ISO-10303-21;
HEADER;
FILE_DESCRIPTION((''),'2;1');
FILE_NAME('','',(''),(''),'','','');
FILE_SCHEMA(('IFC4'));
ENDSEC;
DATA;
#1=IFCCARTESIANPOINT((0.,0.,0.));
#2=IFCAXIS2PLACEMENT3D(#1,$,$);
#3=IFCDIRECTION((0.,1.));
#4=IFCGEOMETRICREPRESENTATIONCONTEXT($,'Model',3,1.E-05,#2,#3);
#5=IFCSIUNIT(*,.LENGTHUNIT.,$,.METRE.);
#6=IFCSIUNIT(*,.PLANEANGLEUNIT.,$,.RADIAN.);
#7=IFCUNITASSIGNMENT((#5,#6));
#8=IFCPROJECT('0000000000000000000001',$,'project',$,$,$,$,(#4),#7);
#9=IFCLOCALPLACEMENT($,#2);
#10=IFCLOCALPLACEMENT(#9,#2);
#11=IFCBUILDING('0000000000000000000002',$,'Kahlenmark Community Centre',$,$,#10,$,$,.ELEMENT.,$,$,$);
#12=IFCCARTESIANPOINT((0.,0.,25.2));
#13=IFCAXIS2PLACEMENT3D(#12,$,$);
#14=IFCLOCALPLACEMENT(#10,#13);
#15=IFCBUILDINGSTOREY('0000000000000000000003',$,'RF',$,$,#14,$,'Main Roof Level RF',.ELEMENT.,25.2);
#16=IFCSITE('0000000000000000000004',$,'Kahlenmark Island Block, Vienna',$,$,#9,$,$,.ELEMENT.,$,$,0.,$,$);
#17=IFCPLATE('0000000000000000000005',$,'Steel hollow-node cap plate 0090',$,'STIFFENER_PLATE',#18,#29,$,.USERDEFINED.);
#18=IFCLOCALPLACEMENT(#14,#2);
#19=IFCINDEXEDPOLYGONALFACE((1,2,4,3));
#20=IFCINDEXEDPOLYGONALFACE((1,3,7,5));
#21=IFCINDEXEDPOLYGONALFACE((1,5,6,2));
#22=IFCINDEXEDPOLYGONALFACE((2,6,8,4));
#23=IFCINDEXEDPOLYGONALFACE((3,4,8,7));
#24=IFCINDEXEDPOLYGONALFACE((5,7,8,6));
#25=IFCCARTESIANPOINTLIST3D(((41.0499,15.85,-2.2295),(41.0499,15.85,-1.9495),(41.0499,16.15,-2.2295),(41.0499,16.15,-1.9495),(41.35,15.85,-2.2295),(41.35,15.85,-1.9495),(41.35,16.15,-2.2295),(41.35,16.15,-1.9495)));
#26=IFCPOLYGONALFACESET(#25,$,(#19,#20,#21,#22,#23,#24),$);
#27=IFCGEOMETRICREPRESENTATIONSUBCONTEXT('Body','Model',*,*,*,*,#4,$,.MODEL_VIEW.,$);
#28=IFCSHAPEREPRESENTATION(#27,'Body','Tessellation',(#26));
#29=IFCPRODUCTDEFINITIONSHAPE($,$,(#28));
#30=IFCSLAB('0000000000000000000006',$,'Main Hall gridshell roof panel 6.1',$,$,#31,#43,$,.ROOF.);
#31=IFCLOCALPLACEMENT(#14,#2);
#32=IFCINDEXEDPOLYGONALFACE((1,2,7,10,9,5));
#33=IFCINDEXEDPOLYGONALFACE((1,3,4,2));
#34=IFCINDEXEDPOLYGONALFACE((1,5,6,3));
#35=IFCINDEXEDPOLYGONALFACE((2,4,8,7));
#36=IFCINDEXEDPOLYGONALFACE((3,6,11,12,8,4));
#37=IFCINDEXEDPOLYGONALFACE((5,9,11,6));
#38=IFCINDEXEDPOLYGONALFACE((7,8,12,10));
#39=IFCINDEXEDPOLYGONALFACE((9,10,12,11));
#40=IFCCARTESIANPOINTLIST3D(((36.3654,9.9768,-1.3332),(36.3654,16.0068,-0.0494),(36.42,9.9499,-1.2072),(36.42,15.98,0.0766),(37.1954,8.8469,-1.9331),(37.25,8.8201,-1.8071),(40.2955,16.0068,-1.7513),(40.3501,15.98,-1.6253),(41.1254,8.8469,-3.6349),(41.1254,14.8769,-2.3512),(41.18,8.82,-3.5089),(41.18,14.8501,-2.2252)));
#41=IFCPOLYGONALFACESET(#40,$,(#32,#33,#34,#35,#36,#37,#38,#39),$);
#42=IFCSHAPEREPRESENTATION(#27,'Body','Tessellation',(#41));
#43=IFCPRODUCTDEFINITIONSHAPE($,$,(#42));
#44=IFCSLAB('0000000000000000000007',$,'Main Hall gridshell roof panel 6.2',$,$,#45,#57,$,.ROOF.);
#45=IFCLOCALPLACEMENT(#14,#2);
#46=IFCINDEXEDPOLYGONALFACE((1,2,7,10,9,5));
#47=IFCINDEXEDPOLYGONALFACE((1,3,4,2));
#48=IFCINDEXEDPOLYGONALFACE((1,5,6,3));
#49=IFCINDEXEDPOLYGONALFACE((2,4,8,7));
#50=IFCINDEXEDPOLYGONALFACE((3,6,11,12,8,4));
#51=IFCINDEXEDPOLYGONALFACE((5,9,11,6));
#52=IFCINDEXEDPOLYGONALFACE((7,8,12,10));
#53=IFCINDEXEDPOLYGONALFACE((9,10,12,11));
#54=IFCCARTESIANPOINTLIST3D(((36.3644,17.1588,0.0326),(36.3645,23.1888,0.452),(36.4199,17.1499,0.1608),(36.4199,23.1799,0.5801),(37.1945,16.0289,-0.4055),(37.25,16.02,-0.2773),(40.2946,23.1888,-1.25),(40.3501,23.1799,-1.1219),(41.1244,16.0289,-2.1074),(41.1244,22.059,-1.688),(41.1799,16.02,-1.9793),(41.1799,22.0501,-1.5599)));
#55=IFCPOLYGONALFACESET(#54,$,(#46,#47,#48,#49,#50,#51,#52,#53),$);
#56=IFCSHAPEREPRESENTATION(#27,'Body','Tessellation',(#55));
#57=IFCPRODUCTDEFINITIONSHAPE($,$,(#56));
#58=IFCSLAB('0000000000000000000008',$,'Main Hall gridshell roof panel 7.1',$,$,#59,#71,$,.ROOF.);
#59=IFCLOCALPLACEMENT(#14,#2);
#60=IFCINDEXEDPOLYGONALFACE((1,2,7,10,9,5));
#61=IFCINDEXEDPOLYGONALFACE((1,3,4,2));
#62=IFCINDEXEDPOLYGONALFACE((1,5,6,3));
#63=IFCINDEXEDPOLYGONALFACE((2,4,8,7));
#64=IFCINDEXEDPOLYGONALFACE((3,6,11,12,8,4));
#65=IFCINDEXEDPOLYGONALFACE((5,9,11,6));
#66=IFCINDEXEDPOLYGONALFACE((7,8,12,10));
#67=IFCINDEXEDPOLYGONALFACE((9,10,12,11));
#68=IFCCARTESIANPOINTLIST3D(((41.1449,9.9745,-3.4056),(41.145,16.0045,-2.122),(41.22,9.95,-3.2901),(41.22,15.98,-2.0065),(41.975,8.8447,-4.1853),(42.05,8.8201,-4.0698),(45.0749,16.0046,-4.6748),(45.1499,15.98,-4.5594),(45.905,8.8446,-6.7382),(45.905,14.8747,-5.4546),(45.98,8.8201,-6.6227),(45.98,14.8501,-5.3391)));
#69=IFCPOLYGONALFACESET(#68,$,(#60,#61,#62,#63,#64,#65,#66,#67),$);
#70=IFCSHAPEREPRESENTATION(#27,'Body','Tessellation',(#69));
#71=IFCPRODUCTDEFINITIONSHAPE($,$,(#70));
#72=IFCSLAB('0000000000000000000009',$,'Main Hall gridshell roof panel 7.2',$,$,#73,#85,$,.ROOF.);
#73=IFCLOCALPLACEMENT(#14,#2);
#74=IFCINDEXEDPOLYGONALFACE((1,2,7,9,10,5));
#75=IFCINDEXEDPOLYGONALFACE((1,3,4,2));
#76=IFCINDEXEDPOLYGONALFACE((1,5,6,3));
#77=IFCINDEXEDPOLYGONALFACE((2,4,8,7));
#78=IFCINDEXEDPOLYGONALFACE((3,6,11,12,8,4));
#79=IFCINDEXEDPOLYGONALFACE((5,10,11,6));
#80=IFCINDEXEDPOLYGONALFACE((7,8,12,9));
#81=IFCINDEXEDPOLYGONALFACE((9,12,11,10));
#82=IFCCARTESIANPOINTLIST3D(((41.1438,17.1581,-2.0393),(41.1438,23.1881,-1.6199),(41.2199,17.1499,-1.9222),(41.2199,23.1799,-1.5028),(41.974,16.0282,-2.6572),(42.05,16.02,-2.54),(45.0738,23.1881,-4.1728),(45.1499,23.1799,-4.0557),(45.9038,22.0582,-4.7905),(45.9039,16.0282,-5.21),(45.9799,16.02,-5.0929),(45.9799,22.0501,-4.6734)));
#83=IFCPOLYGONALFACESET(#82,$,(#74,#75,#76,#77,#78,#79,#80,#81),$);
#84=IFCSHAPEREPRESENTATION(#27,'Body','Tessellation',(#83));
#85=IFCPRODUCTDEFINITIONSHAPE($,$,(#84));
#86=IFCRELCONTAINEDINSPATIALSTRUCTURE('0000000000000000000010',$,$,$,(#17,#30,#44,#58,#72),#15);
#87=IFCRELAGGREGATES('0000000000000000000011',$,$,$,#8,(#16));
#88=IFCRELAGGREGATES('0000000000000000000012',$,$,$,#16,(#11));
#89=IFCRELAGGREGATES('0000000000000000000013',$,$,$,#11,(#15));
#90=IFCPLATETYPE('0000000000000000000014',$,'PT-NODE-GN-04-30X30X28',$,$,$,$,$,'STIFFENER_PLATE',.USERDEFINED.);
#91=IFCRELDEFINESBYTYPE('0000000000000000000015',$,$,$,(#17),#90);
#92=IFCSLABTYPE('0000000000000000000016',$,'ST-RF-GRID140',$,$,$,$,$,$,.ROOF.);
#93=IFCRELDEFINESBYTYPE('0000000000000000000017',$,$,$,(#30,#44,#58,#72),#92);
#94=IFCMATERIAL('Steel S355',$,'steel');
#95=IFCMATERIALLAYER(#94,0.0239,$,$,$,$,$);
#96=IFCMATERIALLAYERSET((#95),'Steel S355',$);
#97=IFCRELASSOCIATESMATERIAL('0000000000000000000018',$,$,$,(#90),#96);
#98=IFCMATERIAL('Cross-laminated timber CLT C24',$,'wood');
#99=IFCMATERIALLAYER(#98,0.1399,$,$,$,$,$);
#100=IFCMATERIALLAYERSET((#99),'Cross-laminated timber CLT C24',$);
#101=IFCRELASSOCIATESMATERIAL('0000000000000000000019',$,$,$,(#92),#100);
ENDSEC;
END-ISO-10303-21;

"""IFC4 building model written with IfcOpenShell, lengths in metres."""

from ifc_helpers import new_model, si_unit, direction, frame, origin, origin_2d, place, context, subcontext, project, spatial, polyline, rectangle, outline, extrude, material, layer, layer_set, type_object, element, save


model = new_model("IFC4")

# Units and contexts
model_context = context("Model", 3, precision=1e-05, world=origin(), true_north=direction((0.0, 1.0)))
body_context = subcontext(model_context, "Body", "Model", "MODEL_VIEW")
ifc_project = project(units=[si_unit("LENGTHUNIT", "METRE"), si_unit("PLANEANGLEUNIT", "RADIAN")], contexts=[model_context])

# Site, building, storey
site_placement = place(None, origin())
site = spatial("IfcSite", under=ifc_project, at=site_placement, Name="Kahlenmark Island Block, Vienna", CompositionType="ELEMENT", RefElevation=0.0)
building_placement = place(site_placement, origin())
building = spatial("IfcBuilding", under=site, at=building_placement, Name="Kahlenmark Community Centre", CompositionType="ELEMENT")
storey_placement = place(building_placement, frame((0.0, 0.0, 25.2)))
storey = spatial("IfcBuildingStorey", under=building, at=storey_placement, Name="RF", LongName="Main Roof Level RF", CompositionType="ELEMENT", Elevation=25.2)

# Shared definitions
ifc_material_1 = material(Name="Steel S355", Category="steel")

# Plate
ifc_layer_1 = layer(ifc_material_1, 0.0239)
ifc_layer_set_1 = layer_set([ifc_layer_1], Name="Steel S355")
plate_type_1 = type_object("IfcPlateType", Name="PT-NODE-GN-04-30X30X28", ElementType="STIFFENER_PLATE", PredefinedType="USERDEFINED", material=ifc_layer_set_1)
for number, where, z_axis, x_axis, name in (
    (1, (41.2, 16.0, -2.2295), (0.0, 0.0, 1.0), (1.0, 0.0, 0.0), "Steel hollow-node cap plate 0090"),
):
    element("IfcPlate", number, at=place(storey_placement, frame(where, z_axis=z_axis, x_axis=x_axis)), inside=storey, type_object=plate_type_1, Name=name, ObjectType="STIFFENER_PLATE", PredefinedType="USERDEFINED", context=body_context, shape_type="SweptSolid", body=[
        extrude(rectangle(XDim=0.3, YDim=0.3, at=origin_2d()), origin(), (0.0, 0.0, 1.0), 0.28),
    ])

# Slabs
ifc_material_2 = material(Name="Cross-laminated timber CLT C24", Category="wood")
ifc_layer_2 = layer(ifc_material_2, 0.1399)
ifc_layer_set_2 = layer_set([ifc_layer_2], Name="Cross-laminated timber CLT C24")
slab_type = type_object("IfcSlabType", Name="ST-RF-GRID140", PredefinedType="ROOF", material=ifc_layer_set_2)
slab_1_placement = place(storey_placement, frame((37.25, 8.8201, -1.8071), z_axis=(0.389999, -0.191735, 0.900632), x_axis=(0.917657, -0.000005, -0.397372)))
element("IfcSlab", 2, at=slab_1_placement, inside=storey, type_object=slab_type, Name="Main Hall gridshell roof panel 6.1", PredefinedType="ROOF", context=body_context, shape_type="SweptSolid", body=[
    extrude(outline(polyline([(0.0, 0.0), (4.2826, 0.0), (3.7725, 6.144), (2.7725, 7.2953), (-1.5102, 7.2952), (-1.0001, 1.1512), (0.0, 0.0)])), origin(), (0.0, 0.0, -1.0), 0.1399),
])
slab_2_placement = place(storey_placement, frame((37.25, 16.02, -0.2773), z_axis=(0.396599, -0.063695, 0.91578), x_axis=(0.917643, 0.000001, -0.397406)))
element("IfcSlab", 3, at=slab_2_placement, inside=storey, type_object=slab_type, Name="Main Hall gridshell roof panel 6.2", PredefinedType="ROOF", context=body_context, shape_type="SweptSolid", body=[
    extrude(outline(polyline([(0.0, 0.0), (4.2826, 0.0), (4.1159, 6.0423), (3.1804, 7.1745), (-1.1025, 7.1745), (-0.9359, 1.1322), (0.0, 0.0)])), origin(), (0.0, 0.0, -1.0), 0.1399),
])
slab_3_placement = place(storey_placement, frame((42.05, 8.8201, -4.0698), z_axis=(0.536277, -0.175734, 0.825545), x_axis=(0.838595, -0.000002, -0.544755)))
element("IfcSlab", 4, at=slab_3_placement, inside=storey, type_object=slab_type, Name="Main Hall gridshell roof panel 7.1", PredefinedType="ROOF", context=body_context, shape_type="SweptSolid", body=[
    extrude(outline(polyline([(0.0, 0.0), (4.6864, 0.0), (3.9871, 6.1254), (2.8662, 7.2731), (-1.8201, 7.2731), (-1.1209, 1.1477), (0.0, 0.0)])), origin(), (0.0, 0.0, -1.0), 0.1399),
])
slab_4_placement = place(storey_placement, frame((42.05, 16.02, -2.54), z_axis=(0.543823, -0.058231, 0.837177), x_axis=(0.8386, 0.000001, -0.544748)))
element("IfcSlab", 5, at=slab_4_placement, inside=storey, type_object=slab_type, Name="Main Hall gridshell roof panel 7.2", PredefinedType="ROOF", context=body_context, shape_type="SweptSolid", body=[
    extrude(outline(polyline([(0.0, 0.0), (4.6862, 0.0), (4.4578, 6.0403), (3.4252, 7.1721), (-1.2612, 7.1721), (-1.0327, 1.1318), (0.0, 0.0)])), origin(), (0.0, 0.0, -1.0), 0.1399),
])

save(model, "model.ifc")
